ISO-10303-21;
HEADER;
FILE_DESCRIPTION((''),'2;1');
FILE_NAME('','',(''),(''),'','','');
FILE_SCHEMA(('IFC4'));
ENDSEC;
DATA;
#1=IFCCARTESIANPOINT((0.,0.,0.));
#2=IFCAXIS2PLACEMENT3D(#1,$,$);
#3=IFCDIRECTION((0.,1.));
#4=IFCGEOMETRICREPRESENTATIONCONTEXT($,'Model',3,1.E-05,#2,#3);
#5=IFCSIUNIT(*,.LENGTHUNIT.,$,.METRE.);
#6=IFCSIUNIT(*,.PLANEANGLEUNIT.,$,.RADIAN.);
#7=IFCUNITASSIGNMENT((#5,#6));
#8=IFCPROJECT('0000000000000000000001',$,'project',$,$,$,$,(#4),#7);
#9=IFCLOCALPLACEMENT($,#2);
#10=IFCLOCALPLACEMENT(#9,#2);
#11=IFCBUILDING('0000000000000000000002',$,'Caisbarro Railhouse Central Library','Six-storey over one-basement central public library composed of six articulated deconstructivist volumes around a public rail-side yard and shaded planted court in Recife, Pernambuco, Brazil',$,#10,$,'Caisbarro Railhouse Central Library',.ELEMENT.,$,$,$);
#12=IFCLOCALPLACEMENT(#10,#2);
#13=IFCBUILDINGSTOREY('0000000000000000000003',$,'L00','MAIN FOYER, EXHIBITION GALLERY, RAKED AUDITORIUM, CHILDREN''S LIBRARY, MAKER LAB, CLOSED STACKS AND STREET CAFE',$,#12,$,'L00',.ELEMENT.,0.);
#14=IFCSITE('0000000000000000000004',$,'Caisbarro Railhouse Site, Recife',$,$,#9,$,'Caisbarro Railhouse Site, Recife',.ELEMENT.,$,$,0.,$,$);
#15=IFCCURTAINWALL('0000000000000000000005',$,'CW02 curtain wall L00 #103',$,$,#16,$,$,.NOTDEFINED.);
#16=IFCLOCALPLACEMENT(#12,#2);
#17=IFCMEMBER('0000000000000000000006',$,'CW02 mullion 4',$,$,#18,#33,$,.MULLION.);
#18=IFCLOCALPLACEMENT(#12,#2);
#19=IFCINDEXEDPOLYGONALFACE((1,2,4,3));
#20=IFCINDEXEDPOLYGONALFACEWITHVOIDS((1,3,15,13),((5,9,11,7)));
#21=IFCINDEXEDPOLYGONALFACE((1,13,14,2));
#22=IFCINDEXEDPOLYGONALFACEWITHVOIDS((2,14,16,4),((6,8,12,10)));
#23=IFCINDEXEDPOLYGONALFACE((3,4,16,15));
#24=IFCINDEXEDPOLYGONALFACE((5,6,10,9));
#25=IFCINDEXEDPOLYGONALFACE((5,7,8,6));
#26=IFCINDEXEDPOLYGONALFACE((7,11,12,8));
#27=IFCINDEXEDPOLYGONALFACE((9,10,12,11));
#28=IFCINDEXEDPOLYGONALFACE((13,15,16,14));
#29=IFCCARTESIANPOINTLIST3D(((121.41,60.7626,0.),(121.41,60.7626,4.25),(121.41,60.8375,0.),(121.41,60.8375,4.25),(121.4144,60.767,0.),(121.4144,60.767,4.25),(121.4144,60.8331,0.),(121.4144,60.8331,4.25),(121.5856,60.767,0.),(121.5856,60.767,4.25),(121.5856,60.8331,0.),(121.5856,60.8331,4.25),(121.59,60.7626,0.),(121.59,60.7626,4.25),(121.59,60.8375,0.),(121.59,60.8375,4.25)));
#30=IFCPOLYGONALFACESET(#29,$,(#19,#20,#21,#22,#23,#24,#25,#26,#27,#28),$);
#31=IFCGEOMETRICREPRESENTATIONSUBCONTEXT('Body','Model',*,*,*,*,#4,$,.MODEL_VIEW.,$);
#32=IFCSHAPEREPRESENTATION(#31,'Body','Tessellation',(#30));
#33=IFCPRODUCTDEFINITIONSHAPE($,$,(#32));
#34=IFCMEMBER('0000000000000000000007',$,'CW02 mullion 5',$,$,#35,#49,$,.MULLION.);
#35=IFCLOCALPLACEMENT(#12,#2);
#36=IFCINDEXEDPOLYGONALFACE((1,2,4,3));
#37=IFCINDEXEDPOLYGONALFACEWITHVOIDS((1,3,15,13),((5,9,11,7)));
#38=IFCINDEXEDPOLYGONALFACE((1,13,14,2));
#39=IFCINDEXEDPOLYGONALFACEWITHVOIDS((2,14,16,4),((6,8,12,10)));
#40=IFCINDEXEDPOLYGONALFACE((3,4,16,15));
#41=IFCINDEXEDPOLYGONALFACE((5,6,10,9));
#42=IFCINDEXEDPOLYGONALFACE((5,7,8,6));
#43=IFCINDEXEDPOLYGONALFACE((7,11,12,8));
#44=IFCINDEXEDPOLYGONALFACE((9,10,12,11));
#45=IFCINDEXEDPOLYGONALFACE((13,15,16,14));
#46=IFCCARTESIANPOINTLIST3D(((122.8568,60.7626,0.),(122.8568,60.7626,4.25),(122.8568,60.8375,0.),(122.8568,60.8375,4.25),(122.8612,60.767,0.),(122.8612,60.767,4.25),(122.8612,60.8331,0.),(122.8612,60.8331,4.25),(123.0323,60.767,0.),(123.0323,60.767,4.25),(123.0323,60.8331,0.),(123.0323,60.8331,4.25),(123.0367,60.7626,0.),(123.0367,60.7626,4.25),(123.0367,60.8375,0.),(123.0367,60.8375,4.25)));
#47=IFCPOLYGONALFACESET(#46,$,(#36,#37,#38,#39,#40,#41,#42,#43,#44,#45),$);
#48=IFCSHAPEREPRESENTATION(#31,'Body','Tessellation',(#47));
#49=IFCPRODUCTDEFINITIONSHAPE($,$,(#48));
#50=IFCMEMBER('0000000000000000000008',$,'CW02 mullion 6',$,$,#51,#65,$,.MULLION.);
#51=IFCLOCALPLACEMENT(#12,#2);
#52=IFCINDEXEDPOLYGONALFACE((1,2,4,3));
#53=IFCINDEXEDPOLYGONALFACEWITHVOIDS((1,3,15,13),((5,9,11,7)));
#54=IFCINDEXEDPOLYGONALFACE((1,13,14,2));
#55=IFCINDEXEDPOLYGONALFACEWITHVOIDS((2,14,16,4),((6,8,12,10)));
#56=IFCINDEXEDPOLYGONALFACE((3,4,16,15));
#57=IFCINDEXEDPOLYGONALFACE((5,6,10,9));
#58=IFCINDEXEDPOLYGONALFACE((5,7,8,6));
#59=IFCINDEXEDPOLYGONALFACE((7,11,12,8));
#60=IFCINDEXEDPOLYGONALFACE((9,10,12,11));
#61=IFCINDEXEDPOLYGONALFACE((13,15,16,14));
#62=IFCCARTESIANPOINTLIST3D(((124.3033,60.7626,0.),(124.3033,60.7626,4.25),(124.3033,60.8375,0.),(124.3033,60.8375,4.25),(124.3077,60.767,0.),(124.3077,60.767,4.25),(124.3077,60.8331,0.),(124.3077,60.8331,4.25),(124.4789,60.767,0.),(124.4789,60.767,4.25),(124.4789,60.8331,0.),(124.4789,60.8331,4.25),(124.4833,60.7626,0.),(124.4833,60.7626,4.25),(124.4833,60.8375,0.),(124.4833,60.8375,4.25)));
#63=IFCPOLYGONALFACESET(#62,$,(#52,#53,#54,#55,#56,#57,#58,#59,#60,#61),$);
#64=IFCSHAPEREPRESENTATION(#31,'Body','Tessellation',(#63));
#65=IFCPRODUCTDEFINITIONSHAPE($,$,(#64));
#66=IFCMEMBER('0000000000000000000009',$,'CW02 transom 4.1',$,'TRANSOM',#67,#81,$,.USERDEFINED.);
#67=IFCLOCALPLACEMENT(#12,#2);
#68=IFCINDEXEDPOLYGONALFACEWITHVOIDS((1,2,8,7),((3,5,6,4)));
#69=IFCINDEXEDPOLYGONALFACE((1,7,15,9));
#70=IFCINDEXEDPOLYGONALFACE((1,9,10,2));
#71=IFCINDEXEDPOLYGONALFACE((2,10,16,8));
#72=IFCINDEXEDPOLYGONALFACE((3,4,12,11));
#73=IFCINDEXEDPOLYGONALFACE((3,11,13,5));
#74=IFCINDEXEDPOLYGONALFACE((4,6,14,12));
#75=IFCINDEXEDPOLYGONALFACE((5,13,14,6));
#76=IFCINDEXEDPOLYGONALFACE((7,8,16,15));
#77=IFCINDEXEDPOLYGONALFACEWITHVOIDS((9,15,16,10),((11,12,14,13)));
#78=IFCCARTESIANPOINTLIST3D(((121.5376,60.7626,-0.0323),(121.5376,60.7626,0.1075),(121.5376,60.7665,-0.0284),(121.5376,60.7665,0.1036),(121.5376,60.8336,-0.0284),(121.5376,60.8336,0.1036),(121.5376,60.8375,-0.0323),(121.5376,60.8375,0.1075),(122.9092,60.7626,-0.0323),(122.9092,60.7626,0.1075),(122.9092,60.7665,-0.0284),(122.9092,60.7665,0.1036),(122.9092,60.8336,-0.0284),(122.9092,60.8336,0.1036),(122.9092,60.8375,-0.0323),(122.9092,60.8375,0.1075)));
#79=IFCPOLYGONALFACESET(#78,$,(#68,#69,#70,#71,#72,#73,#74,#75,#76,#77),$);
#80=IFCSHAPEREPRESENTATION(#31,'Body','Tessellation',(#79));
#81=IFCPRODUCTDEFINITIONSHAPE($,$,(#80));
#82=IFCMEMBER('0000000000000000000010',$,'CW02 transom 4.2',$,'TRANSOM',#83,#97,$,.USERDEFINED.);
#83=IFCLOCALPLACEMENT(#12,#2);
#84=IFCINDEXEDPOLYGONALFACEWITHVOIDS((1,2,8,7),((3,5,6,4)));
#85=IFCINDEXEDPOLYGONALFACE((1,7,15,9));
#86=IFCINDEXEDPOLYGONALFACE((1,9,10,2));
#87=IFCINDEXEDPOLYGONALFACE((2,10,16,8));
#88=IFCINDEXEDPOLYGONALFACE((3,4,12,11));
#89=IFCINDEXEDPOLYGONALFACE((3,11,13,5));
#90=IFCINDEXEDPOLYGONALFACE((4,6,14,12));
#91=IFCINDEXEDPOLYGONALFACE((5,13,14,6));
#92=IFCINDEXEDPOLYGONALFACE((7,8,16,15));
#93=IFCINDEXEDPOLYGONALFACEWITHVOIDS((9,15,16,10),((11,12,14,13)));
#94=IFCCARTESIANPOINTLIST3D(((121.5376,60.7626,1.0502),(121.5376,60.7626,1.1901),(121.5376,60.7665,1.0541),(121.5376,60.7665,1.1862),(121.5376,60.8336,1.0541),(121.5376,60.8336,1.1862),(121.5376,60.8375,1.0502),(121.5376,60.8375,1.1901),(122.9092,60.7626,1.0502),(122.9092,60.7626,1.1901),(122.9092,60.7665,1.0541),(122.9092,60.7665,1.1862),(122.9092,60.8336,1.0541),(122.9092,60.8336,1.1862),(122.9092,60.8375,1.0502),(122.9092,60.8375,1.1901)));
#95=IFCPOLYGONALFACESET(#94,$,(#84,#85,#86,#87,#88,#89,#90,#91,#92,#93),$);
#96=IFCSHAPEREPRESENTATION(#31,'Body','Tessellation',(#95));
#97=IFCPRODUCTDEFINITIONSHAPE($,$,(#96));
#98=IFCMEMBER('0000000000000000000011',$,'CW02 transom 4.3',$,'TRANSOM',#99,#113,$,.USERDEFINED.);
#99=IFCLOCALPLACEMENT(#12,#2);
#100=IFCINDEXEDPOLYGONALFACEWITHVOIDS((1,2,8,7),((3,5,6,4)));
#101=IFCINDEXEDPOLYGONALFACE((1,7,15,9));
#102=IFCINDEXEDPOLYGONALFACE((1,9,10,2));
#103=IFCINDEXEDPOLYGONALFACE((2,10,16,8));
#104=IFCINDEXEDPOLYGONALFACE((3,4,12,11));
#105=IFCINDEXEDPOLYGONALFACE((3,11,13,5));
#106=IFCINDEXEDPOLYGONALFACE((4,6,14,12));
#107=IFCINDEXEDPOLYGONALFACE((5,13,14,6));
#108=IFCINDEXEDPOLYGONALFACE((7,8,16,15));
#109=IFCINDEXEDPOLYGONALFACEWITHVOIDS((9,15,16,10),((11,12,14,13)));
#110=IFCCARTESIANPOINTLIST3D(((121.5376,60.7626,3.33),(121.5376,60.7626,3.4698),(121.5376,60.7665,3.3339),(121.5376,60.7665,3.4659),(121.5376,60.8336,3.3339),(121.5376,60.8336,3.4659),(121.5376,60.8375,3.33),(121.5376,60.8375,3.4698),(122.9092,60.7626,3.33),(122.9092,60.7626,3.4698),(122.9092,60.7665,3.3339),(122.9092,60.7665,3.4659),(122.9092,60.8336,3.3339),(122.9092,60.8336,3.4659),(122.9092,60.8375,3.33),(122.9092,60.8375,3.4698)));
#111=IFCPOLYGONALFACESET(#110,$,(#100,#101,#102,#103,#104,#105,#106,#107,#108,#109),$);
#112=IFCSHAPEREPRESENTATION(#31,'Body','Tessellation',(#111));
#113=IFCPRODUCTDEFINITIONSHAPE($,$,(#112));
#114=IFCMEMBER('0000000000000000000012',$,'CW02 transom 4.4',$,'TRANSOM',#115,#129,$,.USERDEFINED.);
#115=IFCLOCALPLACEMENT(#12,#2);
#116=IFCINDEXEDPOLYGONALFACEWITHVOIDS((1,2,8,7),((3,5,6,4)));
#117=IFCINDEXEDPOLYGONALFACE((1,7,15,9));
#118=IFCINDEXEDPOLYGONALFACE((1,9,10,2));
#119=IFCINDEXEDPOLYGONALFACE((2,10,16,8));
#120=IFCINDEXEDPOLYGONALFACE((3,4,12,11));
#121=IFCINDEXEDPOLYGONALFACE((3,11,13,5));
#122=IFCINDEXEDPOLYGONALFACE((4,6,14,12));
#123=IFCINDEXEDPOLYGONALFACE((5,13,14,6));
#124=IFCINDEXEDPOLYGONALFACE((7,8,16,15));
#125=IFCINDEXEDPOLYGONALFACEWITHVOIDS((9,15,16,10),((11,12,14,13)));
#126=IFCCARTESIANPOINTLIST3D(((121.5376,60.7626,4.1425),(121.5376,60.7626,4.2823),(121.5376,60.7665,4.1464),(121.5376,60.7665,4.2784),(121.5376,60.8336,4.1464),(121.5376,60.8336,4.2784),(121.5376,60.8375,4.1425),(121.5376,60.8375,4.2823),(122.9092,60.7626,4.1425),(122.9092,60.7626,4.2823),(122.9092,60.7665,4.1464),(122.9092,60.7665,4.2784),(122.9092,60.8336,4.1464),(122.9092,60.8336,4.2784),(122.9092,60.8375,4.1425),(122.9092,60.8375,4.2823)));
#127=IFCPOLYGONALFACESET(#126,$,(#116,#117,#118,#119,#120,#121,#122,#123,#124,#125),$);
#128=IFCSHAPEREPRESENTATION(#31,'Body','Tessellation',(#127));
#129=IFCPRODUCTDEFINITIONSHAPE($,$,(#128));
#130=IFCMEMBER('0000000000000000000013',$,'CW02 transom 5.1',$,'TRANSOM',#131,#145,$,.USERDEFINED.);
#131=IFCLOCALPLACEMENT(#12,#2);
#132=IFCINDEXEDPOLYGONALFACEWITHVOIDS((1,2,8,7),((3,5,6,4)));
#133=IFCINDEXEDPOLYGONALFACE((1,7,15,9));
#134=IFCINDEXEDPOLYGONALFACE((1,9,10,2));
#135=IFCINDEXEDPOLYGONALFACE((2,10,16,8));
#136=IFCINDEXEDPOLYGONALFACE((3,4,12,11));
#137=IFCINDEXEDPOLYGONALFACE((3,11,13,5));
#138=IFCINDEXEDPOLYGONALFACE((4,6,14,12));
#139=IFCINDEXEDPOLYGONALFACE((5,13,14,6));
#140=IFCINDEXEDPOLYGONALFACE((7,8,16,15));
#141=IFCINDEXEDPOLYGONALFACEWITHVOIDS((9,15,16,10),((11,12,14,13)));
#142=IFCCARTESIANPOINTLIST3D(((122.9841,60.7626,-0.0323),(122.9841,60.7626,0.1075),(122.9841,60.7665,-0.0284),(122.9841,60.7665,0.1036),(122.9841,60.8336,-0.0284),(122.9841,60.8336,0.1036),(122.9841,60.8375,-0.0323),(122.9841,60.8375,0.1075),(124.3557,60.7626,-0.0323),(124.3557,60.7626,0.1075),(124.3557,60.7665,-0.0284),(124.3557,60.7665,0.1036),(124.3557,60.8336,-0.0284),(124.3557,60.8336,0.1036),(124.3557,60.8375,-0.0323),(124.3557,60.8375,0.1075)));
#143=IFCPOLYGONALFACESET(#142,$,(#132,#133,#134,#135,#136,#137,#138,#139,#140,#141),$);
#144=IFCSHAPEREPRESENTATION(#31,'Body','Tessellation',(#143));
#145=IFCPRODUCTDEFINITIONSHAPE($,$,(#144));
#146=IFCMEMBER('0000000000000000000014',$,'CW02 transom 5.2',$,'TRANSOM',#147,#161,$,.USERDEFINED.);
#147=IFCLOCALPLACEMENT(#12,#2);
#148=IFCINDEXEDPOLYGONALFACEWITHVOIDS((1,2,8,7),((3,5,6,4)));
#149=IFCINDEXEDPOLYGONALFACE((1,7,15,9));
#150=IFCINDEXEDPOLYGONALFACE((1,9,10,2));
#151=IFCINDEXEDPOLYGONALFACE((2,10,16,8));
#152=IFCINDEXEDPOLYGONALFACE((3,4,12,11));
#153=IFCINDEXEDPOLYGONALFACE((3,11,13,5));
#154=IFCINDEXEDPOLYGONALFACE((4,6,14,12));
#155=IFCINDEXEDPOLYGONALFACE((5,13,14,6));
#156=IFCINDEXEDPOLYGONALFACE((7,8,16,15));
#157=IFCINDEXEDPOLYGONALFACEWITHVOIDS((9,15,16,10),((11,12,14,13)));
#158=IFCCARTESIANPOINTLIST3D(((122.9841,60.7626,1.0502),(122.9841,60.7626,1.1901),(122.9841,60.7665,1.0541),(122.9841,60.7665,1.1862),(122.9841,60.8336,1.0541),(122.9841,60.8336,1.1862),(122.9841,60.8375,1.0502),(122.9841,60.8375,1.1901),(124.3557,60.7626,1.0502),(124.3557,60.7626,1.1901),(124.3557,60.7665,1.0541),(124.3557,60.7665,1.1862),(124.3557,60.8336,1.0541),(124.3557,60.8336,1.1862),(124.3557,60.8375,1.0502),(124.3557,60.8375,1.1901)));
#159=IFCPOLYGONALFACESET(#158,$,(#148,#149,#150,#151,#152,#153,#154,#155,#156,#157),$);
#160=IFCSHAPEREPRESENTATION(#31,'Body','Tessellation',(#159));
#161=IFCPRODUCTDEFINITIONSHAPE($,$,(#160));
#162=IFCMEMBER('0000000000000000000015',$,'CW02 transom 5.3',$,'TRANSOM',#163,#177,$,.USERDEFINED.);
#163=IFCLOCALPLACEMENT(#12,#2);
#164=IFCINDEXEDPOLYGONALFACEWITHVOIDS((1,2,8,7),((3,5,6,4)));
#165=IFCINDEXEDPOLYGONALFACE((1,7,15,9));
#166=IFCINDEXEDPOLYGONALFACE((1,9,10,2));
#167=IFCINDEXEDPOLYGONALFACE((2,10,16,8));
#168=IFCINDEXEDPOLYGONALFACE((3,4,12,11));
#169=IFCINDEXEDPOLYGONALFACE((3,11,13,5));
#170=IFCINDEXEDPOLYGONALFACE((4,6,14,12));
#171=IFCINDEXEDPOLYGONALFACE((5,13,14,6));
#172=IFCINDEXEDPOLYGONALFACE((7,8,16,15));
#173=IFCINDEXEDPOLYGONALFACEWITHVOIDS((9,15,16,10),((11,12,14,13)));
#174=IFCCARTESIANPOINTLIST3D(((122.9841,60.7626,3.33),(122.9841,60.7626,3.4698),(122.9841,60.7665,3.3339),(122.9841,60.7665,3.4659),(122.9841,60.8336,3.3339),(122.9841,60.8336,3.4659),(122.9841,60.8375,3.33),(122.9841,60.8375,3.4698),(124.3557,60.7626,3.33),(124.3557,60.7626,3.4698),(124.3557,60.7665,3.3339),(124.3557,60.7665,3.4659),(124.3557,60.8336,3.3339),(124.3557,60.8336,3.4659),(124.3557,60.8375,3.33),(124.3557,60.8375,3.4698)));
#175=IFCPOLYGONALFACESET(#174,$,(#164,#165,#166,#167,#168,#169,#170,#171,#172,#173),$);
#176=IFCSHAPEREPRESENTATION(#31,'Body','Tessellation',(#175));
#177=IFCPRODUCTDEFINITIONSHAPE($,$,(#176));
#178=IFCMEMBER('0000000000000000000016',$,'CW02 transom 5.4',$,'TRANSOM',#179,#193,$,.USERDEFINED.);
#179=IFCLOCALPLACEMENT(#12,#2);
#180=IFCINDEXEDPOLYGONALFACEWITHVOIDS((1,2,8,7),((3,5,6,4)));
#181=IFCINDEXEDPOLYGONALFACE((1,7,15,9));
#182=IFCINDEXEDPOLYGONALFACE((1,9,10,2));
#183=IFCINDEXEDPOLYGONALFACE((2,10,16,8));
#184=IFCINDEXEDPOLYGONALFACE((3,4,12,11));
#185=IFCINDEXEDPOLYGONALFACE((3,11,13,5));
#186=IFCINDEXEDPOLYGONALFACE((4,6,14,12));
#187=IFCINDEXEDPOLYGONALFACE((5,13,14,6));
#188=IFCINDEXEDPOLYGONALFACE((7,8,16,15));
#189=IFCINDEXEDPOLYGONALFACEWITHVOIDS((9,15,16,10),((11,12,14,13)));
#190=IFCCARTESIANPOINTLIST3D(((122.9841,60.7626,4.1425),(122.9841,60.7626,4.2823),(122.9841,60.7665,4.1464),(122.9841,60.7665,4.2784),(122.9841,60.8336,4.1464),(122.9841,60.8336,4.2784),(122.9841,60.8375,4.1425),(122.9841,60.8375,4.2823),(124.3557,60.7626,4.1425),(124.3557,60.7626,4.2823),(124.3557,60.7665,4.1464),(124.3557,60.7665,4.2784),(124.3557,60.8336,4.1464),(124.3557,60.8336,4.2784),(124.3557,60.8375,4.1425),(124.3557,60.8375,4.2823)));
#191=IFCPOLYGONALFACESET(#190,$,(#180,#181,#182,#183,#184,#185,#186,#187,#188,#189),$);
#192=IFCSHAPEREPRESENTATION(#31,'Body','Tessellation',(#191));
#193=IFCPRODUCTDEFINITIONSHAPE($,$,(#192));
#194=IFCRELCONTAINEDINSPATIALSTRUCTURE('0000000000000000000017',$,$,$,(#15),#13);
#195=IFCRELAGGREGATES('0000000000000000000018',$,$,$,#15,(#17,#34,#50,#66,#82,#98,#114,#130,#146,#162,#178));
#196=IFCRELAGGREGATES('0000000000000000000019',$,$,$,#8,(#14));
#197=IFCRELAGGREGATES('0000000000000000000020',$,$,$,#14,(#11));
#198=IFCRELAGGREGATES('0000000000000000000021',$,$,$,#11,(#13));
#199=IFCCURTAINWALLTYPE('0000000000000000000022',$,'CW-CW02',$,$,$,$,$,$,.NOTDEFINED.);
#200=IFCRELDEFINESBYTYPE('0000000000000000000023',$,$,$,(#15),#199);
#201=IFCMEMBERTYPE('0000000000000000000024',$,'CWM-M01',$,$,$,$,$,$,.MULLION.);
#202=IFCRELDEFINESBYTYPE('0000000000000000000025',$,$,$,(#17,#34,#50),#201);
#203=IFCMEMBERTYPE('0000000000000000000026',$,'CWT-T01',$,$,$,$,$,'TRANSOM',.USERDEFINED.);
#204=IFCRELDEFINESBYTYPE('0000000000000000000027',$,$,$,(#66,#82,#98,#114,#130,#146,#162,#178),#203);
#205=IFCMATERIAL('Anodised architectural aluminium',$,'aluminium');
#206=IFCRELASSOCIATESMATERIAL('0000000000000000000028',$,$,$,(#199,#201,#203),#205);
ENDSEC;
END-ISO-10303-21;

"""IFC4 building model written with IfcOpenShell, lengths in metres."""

from ifc_helpers import new_model, si_unit, direction, frame, origin, origin_2d, place, context, subcontext, project, spatial, hollow_rectangle, extrude, material, material_profile, profile_set, type_object, element, aggregate, save


model = new_model("IFC4")

# Units and contexts
model_context = context("Model", 3, precision=1e-05, world=origin(), true_north=direction((0.0, 1.0)))
body_context = subcontext(model_context, "Body", "Model", "MODEL_VIEW")
ifc_project = project(units=[si_unit("LENGTHUNIT", "METRE"), si_unit("PLANEANGLEUNIT", "RADIAN")], contexts=[model_context])

# Site, building, storey
site_placement = place(None, origin())
site = spatial("IfcSite", under=ifc_project, at=site_placement, Name="Caisbarro Railhouse Site, Recife", LongName="Caisbarro Railhouse Site, Recife", CompositionType="ELEMENT", RefElevation=0.0)
building_placement = place(site_placement, origin())
building = spatial("IfcBuilding", under=site, at=building_placement, Name="Caisbarro Railhouse Central Library", Description="Six-storey over one-basement central public library composed of six articulated deconstructivist volumes around a public rail-side yard and shaded planted court in Recife, Pernambuco, Brazil", LongName="Caisbarro Railhouse Central Library", CompositionType="ELEMENT")
storey_placement = place(building_placement, origin())
storey = spatial("IfcBuildingStorey", under=building, at=storey_placement, Name="L00", Description="MAIN FOYER, EXHIBITION GALLERY, RAKED AUDITORIUM, CHILDREN'S LIBRARY, MAKER LAB, CLOSED STACKS AND STREET CAFE", LongName="L00", CompositionType="ELEMENT", Elevation=0.0)

# Curtain wall, members
ifc_material_1 = material(Name="Anodised architectural aluminium", Category="aluminium")
curtain_wall_type = type_object("IfcCurtainWallType", Name="CW-CW02", PredefinedType="NOTDEFINED", material=ifc_material_1)
curtain_wall_placement = place(storey_placement, origin())
curtain_wall = element("IfcCurtainWall", 1, at=curtain_wall_placement, inside=storey, type_object=curtain_wall_type, Name="CW02 curtain wall L00 #103", PredefinedType="NOTDEFINED")
ifc_material_profile_1 = material_profile(ifc_material_1, hollow_rectangle(XDim=0.075, YDim=0.1799, WallThickness=0.0044, at=origin_2d()), Name="ALU-MUL-75X180")
ifc_profile_set_1 = profile_set([ifc_material_profile_1], Name="Anodised architectural aluminium")
member_type_1 = type_object("IfcMemberType", Name="CWM-M01", PredefinedType="MULLION", material=ifc_profile_set_1)
member_1_placement = place(storey_placement, frame((121.5, 60.8, 0.0), z_axis=(0.0, 0.0, 1.0), x_axis=(0.0, 1.0, 0.0)))
member_1 = element("IfcMember", 2, at=member_1_placement, type_object=member_type_1, Name="CW02 mullion 4", PredefinedType="MULLION", context=body_context, shape_type="SweptSolid", body=[
    extrude(hollow_rectangle(XDim=0.075, YDim=0.1799, WallThickness=0.0044, at=origin_2d()), origin(), (0.0, 0.0, 1.0), 4.25),
])
member_2_placement = place(storey_placement, frame((122.9468, 60.8, 0.0), z_axis=(0.0, 0.0, 1.0), x_axis=(0.0, 1.0, 0.0)))
member_2 = element("IfcMember", 3, at=member_2_placement, type_object=member_type_1, Name="CW02 mullion 5", PredefinedType="MULLION", context=body_context, shape_type="SweptSolid", body=[
    extrude(hollow_rectangle(XDim=0.075, YDim=0.1799, WallThickness=0.0044, at=origin_2d()), origin(), (0.0, 0.0, 1.0), 4.25),
])
member_3_placement = place(storey_placement, frame((124.3933, 60.8, 0.0), z_axis=(0.0, 0.0, 1.0), x_axis=(0.0, 1.0, 0.0)))
member_3 = element("IfcMember", 4, at=member_3_placement, type_object=member_type_1, Name="CW02 mullion 6", PredefinedType="MULLION", context=body_context, shape_type="SweptSolid", body=[
    extrude(hollow_rectangle(XDim=0.075, YDim=0.1799, WallThickness=0.0044, at=origin_2d()), origin(), (0.0, 0.0, 1.0), 4.25),
])
ifc_material_profile_2 = material_profile(ifc_material_1, hollow_rectangle(XDim=0.075, YDim=0.1399, WallThickness=0.0039, at=origin_2d()), Name="ALU-TRN-75X140")
ifc_profile_set_2 = profile_set([ifc_material_profile_2], Name="Anodised architectural aluminium")
member_type_2 = type_object("IfcMemberType", Name="CWT-T01", ElementType="TRANSOM", PredefinedType="USERDEFINED", material=ifc_profile_set_2)
member_4_placement = place(storey_placement, frame((121.5376, 60.8, 0.0376), z_axis=(1.0, 0.0, 0.0), x_axis=(0.0, 1.0, 0.0)))
member_4 = element("IfcMember", 5, at=member_4_placement, type_object=member_type_2, Name="CW02 transom 4.1", ObjectType="TRANSOM", PredefinedType="USERDEFINED", context=body_context, shape_type="SweptSolid", body=[
    extrude(hollow_rectangle(XDim=0.075, YDim=0.1399, WallThickness=0.0039, at=origin_2d()), origin(), (0.0, 0.0, 1.0), 1.3716),
])
member_5_placement = place(storey_placement, frame((121.5376, 60.8, 1.1201), z_axis=(1.0, 0.0, 0.0), x_axis=(0.0, 1.0, 0.0)))
member_5 = element("IfcMember", 6, at=member_5_placement, type_object=member_type_2, Name="CW02 transom 4.2", ObjectType="TRANSOM", PredefinedType="USERDEFINED", context=body_context, shape_type="SweptSolid", body=[
    extrude(hollow_rectangle(XDim=0.075, YDim=0.1399, WallThickness=0.0039, at=origin_2d()), origin(), (0.0, 0.0, 1.0), 1.3716),
])
member_6_placement = place(storey_placement, frame((121.5376, 60.8, 3.3999), z_axis=(1.0, 0.0, 0.0), x_axis=(0.0, 1.0, 0.0)))
member_6 = element("IfcMember", 7, at=member_6_placement, type_object=member_type_2, Name="CW02 transom 4.3", ObjectType="TRANSOM", PredefinedType="USERDEFINED", context=body_context, shape_type="SweptSolid", body=[
    extrude(hollow_rectangle(XDim=0.075, YDim=0.1399, WallThickness=0.0039, at=origin_2d()), origin(), (0.0, 0.0, 1.0), 1.3716),
])
member_7_placement = place(storey_placement, frame((121.5376, 60.8, 4.2124), z_axis=(1.0, 0.0, 0.0), x_axis=(0.0, 1.0, 0.0)))
member_7 = element("IfcMember", 8, at=member_7_placement, type_object=member_type_2, Name="CW02 transom 4.4", ObjectType="TRANSOM", PredefinedType="USERDEFINED", context=body_context, shape_type="SweptSolid", body=[
    extrude(hollow_rectangle(XDim=0.075, YDim=0.1399, WallThickness=0.0039, at=origin_2d()), origin(), (0.0, 0.0, 1.0), 1.3716),
])
member_8_placement = place(storey_placement, frame((122.9841, 60.8, 0.0376), z_axis=(1.0, 0.0, 0.0), x_axis=(0.0, 1.0, 0.0)))
member_8 = element("IfcMember", 9, at=member_8_placement, type_object=member_type_2, Name="CW02 transom 5.1", ObjectType="TRANSOM", PredefinedType="USERDEFINED", context=body_context, shape_type="SweptSolid", body=[
    extrude(hollow_rectangle(XDim=0.075, YDim=0.1399, WallThickness=0.0039, at=origin_2d()), origin(), (0.0, 0.0, 1.0), 1.3716),
])
member_9_placement = place(storey_placement, frame((122.9841, 60.8, 1.1201), z_axis=(1.0, 0.0, 0.0), x_axis=(0.0, 1.0, 0.0)))
member_9 = element("IfcMember", 10, at=member_9_placement, type_object=member_type_2, Name="CW02 transom 5.2", ObjectType="TRANSOM", PredefinedType="USERDEFINED", context=body_context, shape_type="SweptSolid", body=[
    extrude(hollow_rectangle(XDim=0.075, YDim=0.1399, WallThickness=0.0039, at=origin_2d()), origin(), (0.0, 0.0, 1.0), 1.3716),
])
member_10_placement = place(storey_placement, frame((122.9841, 60.8, 3.3999), z_axis=(1.0, 0.0, 0.0), x_axis=(0.0, 1.0, 0.0)))
member_10 = element("IfcMember", 11, at=member_10_placement, type_object=member_type_2, Name="CW02 transom 5.3", ObjectType="TRANSOM", PredefinedType="USERDEFINED", context=body_context, shape_type="SweptSolid", body=[
    extrude(hollow_rectangle(XDim=0.075, YDim=0.1399, WallThickness=0.0039, at=origin_2d()), origin(), (0.0, 0.0, 1.0), 1.3716),
])
member_11_placement = place(storey_placement, frame((122.9841, 60.8, 4.2124), z_axis=(1.0, 0.0, 0.0), x_axis=(0.0, 1.0, 0.0)))
member_11 = element("IfcMember", 12, at=member_11_placement, type_object=member_type_2, Name="CW02 transom 5.4", ObjectType="TRANSOM", PredefinedType="USERDEFINED", context=body_context, shape_type="SweptSolid", body=[
    extrude(hollow_rectangle(XDim=0.075, YDim=0.1399, WallThickness=0.0039, at=origin_2d()), origin(), (0.0, 0.0, 1.0), 1.3716),
])
aggregate(curtain_wall, [member_1, member_2, member_3, member_4, member_5, member_6, member_7, member_8, member_9, member_10, member_11])

save(model, "model.ifc")
